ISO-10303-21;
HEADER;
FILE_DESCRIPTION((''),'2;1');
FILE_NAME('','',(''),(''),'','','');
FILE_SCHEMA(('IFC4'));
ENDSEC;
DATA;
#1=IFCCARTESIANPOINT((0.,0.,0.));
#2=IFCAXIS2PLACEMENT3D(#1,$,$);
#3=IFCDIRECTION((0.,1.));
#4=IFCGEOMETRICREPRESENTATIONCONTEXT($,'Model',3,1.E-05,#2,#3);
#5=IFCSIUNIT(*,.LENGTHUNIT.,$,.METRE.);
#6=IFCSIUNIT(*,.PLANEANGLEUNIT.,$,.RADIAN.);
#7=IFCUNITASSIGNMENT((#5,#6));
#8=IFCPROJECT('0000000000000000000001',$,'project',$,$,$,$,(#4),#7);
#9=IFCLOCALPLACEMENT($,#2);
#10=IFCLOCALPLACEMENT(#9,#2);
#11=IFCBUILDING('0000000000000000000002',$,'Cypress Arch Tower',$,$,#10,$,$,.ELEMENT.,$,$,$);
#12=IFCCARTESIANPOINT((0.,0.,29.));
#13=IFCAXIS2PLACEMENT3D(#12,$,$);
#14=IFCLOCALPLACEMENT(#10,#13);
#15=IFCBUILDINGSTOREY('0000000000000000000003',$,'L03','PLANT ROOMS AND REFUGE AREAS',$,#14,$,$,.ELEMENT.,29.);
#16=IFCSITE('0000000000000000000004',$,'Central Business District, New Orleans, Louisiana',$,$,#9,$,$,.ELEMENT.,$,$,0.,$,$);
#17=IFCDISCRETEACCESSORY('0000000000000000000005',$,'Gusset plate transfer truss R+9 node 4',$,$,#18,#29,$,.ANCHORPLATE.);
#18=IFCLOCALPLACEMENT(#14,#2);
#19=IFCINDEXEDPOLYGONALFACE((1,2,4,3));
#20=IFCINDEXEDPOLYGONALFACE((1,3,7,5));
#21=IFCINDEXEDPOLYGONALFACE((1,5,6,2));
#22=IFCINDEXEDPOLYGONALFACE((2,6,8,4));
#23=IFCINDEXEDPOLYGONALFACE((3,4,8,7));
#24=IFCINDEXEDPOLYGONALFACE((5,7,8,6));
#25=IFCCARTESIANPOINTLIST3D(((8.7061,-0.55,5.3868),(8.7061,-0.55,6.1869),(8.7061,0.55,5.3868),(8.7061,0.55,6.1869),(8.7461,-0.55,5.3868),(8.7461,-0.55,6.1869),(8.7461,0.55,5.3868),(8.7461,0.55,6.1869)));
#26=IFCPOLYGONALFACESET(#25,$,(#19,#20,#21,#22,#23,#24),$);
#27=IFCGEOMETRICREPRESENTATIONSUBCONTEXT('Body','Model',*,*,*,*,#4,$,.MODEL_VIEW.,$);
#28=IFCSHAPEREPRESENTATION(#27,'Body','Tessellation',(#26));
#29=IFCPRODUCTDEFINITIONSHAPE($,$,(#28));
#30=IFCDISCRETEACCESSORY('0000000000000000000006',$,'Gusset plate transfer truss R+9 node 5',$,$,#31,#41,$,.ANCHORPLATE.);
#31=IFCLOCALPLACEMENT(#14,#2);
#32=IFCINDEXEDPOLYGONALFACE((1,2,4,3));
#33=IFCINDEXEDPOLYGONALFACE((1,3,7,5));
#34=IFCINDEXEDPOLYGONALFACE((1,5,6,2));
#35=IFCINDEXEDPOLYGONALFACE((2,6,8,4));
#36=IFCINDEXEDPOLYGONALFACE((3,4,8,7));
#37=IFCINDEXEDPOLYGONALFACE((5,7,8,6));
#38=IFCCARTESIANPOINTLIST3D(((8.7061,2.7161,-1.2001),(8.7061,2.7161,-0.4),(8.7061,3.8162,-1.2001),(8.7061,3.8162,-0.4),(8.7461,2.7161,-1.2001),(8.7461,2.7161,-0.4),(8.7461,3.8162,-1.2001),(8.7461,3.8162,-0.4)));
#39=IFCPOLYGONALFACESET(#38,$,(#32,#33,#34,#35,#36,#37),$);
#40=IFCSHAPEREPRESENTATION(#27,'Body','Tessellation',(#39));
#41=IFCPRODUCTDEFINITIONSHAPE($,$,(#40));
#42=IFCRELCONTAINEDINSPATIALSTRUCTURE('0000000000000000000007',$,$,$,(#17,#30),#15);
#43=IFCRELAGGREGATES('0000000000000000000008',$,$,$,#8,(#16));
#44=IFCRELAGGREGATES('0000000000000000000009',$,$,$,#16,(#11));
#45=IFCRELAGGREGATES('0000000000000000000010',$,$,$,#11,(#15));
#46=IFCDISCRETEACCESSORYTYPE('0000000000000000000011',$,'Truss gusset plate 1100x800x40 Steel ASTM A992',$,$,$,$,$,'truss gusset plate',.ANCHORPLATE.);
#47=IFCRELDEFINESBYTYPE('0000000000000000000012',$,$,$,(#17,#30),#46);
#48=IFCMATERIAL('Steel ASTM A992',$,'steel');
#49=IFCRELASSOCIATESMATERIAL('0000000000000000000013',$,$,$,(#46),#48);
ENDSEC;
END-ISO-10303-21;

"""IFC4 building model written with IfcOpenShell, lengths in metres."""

from ifc_helpers import new_model, si_unit, direction, frame, origin, origin_2d, place, context, subcontext, project, spatial, rectangle, extrude, material, material_profile, profile_set, type_object, element, save


model = new_model("IFC4")

# Units and contexts
model_context = context("Model", 3, precision=1e-05, world=origin(), true_north=direction((0.0, 1.0)))
body_context = subcontext(model_context, "Body", "Model", "MODEL_VIEW")
ifc_project = project(units=[si_unit("LENGTHUNIT", "METRE"), si_unit("PLANEANGLEUNIT", "RADIAN")], contexts=[model_context])

# Site, building, storey
site_placement = place(None, origin())
site = spatial("IfcSite", under=ifc_project, at=site_placement, Name="Central Business District, New Orleans, Louisiana", CompositionType="ELEMENT", RefElevation=0.0)
building_placement = place(site_placement, origin())
building = spatial("IfcBuilding", under=site, at=building_placement, Name="Cypress Arch Tower", CompositionType="ELEMENT")
storey_placement = place(building_placement, frame((0.0, 0.0, 29.0)))
storey = spatial("IfcBuildingStorey", under=building, at=storey_placement, Name="L03", Description="PLANT ROOMS AND REFUGE AREAS", CompositionType="ELEMENT", Elevation=29.0)

# Discrete accessories
ifc_material_1 = material(Name="Steel ASTM A992", Category="steel")
ifc_material_profile_1 = material_profile(ifc_material_1, rectangle(XDim=1.1001, YDim=0.8, at=origin_2d()), Name="PL 40 1100x800")
ifc_profile_set_1 = profile_set([ifc_material_profile_1], Name="Steel ASTM A992")
discrete_accessory_type_1 = type_object("IfcDiscreteAccessoryType", Name="Truss gusset plate 1100x800x40 Steel ASTM A992", ElementType="truss gusset plate", PredefinedType="ANCHORPLATE", material=ifc_profile_set_1)
for number, where, z_axis, x_axis, name in (
    (1, (8.7461, 0.0, 5.7869), (-1.0, 0.0, 0.0), (0.0, -1.0, 0.0), "Gusset plate transfer truss R+9 node 4"),
    (2, (8.7461, 3.2661, -0.8), (-1.0, 0.0, 0.0), (0.0, -1.0, 0.0), "Gusset plate transfer truss R+9 node 5"),
):
    element("IfcDiscreteAccessory", number, at=place(storey_placement, frame(where, z_axis=z_axis, x_axis=x_axis)), inside=storey, type_object=discrete_accessory_type_1, Name=name, PredefinedType="ANCHORPLATE", context=body_context, shape_type="SweptSolid", body=[
        extrude(rectangle(XDim=1.1001, YDim=0.8, at=origin_2d()), origin(), (0.0, 0.0, 1.0), 0.04),
    ])

save(model, "model.ifc")
